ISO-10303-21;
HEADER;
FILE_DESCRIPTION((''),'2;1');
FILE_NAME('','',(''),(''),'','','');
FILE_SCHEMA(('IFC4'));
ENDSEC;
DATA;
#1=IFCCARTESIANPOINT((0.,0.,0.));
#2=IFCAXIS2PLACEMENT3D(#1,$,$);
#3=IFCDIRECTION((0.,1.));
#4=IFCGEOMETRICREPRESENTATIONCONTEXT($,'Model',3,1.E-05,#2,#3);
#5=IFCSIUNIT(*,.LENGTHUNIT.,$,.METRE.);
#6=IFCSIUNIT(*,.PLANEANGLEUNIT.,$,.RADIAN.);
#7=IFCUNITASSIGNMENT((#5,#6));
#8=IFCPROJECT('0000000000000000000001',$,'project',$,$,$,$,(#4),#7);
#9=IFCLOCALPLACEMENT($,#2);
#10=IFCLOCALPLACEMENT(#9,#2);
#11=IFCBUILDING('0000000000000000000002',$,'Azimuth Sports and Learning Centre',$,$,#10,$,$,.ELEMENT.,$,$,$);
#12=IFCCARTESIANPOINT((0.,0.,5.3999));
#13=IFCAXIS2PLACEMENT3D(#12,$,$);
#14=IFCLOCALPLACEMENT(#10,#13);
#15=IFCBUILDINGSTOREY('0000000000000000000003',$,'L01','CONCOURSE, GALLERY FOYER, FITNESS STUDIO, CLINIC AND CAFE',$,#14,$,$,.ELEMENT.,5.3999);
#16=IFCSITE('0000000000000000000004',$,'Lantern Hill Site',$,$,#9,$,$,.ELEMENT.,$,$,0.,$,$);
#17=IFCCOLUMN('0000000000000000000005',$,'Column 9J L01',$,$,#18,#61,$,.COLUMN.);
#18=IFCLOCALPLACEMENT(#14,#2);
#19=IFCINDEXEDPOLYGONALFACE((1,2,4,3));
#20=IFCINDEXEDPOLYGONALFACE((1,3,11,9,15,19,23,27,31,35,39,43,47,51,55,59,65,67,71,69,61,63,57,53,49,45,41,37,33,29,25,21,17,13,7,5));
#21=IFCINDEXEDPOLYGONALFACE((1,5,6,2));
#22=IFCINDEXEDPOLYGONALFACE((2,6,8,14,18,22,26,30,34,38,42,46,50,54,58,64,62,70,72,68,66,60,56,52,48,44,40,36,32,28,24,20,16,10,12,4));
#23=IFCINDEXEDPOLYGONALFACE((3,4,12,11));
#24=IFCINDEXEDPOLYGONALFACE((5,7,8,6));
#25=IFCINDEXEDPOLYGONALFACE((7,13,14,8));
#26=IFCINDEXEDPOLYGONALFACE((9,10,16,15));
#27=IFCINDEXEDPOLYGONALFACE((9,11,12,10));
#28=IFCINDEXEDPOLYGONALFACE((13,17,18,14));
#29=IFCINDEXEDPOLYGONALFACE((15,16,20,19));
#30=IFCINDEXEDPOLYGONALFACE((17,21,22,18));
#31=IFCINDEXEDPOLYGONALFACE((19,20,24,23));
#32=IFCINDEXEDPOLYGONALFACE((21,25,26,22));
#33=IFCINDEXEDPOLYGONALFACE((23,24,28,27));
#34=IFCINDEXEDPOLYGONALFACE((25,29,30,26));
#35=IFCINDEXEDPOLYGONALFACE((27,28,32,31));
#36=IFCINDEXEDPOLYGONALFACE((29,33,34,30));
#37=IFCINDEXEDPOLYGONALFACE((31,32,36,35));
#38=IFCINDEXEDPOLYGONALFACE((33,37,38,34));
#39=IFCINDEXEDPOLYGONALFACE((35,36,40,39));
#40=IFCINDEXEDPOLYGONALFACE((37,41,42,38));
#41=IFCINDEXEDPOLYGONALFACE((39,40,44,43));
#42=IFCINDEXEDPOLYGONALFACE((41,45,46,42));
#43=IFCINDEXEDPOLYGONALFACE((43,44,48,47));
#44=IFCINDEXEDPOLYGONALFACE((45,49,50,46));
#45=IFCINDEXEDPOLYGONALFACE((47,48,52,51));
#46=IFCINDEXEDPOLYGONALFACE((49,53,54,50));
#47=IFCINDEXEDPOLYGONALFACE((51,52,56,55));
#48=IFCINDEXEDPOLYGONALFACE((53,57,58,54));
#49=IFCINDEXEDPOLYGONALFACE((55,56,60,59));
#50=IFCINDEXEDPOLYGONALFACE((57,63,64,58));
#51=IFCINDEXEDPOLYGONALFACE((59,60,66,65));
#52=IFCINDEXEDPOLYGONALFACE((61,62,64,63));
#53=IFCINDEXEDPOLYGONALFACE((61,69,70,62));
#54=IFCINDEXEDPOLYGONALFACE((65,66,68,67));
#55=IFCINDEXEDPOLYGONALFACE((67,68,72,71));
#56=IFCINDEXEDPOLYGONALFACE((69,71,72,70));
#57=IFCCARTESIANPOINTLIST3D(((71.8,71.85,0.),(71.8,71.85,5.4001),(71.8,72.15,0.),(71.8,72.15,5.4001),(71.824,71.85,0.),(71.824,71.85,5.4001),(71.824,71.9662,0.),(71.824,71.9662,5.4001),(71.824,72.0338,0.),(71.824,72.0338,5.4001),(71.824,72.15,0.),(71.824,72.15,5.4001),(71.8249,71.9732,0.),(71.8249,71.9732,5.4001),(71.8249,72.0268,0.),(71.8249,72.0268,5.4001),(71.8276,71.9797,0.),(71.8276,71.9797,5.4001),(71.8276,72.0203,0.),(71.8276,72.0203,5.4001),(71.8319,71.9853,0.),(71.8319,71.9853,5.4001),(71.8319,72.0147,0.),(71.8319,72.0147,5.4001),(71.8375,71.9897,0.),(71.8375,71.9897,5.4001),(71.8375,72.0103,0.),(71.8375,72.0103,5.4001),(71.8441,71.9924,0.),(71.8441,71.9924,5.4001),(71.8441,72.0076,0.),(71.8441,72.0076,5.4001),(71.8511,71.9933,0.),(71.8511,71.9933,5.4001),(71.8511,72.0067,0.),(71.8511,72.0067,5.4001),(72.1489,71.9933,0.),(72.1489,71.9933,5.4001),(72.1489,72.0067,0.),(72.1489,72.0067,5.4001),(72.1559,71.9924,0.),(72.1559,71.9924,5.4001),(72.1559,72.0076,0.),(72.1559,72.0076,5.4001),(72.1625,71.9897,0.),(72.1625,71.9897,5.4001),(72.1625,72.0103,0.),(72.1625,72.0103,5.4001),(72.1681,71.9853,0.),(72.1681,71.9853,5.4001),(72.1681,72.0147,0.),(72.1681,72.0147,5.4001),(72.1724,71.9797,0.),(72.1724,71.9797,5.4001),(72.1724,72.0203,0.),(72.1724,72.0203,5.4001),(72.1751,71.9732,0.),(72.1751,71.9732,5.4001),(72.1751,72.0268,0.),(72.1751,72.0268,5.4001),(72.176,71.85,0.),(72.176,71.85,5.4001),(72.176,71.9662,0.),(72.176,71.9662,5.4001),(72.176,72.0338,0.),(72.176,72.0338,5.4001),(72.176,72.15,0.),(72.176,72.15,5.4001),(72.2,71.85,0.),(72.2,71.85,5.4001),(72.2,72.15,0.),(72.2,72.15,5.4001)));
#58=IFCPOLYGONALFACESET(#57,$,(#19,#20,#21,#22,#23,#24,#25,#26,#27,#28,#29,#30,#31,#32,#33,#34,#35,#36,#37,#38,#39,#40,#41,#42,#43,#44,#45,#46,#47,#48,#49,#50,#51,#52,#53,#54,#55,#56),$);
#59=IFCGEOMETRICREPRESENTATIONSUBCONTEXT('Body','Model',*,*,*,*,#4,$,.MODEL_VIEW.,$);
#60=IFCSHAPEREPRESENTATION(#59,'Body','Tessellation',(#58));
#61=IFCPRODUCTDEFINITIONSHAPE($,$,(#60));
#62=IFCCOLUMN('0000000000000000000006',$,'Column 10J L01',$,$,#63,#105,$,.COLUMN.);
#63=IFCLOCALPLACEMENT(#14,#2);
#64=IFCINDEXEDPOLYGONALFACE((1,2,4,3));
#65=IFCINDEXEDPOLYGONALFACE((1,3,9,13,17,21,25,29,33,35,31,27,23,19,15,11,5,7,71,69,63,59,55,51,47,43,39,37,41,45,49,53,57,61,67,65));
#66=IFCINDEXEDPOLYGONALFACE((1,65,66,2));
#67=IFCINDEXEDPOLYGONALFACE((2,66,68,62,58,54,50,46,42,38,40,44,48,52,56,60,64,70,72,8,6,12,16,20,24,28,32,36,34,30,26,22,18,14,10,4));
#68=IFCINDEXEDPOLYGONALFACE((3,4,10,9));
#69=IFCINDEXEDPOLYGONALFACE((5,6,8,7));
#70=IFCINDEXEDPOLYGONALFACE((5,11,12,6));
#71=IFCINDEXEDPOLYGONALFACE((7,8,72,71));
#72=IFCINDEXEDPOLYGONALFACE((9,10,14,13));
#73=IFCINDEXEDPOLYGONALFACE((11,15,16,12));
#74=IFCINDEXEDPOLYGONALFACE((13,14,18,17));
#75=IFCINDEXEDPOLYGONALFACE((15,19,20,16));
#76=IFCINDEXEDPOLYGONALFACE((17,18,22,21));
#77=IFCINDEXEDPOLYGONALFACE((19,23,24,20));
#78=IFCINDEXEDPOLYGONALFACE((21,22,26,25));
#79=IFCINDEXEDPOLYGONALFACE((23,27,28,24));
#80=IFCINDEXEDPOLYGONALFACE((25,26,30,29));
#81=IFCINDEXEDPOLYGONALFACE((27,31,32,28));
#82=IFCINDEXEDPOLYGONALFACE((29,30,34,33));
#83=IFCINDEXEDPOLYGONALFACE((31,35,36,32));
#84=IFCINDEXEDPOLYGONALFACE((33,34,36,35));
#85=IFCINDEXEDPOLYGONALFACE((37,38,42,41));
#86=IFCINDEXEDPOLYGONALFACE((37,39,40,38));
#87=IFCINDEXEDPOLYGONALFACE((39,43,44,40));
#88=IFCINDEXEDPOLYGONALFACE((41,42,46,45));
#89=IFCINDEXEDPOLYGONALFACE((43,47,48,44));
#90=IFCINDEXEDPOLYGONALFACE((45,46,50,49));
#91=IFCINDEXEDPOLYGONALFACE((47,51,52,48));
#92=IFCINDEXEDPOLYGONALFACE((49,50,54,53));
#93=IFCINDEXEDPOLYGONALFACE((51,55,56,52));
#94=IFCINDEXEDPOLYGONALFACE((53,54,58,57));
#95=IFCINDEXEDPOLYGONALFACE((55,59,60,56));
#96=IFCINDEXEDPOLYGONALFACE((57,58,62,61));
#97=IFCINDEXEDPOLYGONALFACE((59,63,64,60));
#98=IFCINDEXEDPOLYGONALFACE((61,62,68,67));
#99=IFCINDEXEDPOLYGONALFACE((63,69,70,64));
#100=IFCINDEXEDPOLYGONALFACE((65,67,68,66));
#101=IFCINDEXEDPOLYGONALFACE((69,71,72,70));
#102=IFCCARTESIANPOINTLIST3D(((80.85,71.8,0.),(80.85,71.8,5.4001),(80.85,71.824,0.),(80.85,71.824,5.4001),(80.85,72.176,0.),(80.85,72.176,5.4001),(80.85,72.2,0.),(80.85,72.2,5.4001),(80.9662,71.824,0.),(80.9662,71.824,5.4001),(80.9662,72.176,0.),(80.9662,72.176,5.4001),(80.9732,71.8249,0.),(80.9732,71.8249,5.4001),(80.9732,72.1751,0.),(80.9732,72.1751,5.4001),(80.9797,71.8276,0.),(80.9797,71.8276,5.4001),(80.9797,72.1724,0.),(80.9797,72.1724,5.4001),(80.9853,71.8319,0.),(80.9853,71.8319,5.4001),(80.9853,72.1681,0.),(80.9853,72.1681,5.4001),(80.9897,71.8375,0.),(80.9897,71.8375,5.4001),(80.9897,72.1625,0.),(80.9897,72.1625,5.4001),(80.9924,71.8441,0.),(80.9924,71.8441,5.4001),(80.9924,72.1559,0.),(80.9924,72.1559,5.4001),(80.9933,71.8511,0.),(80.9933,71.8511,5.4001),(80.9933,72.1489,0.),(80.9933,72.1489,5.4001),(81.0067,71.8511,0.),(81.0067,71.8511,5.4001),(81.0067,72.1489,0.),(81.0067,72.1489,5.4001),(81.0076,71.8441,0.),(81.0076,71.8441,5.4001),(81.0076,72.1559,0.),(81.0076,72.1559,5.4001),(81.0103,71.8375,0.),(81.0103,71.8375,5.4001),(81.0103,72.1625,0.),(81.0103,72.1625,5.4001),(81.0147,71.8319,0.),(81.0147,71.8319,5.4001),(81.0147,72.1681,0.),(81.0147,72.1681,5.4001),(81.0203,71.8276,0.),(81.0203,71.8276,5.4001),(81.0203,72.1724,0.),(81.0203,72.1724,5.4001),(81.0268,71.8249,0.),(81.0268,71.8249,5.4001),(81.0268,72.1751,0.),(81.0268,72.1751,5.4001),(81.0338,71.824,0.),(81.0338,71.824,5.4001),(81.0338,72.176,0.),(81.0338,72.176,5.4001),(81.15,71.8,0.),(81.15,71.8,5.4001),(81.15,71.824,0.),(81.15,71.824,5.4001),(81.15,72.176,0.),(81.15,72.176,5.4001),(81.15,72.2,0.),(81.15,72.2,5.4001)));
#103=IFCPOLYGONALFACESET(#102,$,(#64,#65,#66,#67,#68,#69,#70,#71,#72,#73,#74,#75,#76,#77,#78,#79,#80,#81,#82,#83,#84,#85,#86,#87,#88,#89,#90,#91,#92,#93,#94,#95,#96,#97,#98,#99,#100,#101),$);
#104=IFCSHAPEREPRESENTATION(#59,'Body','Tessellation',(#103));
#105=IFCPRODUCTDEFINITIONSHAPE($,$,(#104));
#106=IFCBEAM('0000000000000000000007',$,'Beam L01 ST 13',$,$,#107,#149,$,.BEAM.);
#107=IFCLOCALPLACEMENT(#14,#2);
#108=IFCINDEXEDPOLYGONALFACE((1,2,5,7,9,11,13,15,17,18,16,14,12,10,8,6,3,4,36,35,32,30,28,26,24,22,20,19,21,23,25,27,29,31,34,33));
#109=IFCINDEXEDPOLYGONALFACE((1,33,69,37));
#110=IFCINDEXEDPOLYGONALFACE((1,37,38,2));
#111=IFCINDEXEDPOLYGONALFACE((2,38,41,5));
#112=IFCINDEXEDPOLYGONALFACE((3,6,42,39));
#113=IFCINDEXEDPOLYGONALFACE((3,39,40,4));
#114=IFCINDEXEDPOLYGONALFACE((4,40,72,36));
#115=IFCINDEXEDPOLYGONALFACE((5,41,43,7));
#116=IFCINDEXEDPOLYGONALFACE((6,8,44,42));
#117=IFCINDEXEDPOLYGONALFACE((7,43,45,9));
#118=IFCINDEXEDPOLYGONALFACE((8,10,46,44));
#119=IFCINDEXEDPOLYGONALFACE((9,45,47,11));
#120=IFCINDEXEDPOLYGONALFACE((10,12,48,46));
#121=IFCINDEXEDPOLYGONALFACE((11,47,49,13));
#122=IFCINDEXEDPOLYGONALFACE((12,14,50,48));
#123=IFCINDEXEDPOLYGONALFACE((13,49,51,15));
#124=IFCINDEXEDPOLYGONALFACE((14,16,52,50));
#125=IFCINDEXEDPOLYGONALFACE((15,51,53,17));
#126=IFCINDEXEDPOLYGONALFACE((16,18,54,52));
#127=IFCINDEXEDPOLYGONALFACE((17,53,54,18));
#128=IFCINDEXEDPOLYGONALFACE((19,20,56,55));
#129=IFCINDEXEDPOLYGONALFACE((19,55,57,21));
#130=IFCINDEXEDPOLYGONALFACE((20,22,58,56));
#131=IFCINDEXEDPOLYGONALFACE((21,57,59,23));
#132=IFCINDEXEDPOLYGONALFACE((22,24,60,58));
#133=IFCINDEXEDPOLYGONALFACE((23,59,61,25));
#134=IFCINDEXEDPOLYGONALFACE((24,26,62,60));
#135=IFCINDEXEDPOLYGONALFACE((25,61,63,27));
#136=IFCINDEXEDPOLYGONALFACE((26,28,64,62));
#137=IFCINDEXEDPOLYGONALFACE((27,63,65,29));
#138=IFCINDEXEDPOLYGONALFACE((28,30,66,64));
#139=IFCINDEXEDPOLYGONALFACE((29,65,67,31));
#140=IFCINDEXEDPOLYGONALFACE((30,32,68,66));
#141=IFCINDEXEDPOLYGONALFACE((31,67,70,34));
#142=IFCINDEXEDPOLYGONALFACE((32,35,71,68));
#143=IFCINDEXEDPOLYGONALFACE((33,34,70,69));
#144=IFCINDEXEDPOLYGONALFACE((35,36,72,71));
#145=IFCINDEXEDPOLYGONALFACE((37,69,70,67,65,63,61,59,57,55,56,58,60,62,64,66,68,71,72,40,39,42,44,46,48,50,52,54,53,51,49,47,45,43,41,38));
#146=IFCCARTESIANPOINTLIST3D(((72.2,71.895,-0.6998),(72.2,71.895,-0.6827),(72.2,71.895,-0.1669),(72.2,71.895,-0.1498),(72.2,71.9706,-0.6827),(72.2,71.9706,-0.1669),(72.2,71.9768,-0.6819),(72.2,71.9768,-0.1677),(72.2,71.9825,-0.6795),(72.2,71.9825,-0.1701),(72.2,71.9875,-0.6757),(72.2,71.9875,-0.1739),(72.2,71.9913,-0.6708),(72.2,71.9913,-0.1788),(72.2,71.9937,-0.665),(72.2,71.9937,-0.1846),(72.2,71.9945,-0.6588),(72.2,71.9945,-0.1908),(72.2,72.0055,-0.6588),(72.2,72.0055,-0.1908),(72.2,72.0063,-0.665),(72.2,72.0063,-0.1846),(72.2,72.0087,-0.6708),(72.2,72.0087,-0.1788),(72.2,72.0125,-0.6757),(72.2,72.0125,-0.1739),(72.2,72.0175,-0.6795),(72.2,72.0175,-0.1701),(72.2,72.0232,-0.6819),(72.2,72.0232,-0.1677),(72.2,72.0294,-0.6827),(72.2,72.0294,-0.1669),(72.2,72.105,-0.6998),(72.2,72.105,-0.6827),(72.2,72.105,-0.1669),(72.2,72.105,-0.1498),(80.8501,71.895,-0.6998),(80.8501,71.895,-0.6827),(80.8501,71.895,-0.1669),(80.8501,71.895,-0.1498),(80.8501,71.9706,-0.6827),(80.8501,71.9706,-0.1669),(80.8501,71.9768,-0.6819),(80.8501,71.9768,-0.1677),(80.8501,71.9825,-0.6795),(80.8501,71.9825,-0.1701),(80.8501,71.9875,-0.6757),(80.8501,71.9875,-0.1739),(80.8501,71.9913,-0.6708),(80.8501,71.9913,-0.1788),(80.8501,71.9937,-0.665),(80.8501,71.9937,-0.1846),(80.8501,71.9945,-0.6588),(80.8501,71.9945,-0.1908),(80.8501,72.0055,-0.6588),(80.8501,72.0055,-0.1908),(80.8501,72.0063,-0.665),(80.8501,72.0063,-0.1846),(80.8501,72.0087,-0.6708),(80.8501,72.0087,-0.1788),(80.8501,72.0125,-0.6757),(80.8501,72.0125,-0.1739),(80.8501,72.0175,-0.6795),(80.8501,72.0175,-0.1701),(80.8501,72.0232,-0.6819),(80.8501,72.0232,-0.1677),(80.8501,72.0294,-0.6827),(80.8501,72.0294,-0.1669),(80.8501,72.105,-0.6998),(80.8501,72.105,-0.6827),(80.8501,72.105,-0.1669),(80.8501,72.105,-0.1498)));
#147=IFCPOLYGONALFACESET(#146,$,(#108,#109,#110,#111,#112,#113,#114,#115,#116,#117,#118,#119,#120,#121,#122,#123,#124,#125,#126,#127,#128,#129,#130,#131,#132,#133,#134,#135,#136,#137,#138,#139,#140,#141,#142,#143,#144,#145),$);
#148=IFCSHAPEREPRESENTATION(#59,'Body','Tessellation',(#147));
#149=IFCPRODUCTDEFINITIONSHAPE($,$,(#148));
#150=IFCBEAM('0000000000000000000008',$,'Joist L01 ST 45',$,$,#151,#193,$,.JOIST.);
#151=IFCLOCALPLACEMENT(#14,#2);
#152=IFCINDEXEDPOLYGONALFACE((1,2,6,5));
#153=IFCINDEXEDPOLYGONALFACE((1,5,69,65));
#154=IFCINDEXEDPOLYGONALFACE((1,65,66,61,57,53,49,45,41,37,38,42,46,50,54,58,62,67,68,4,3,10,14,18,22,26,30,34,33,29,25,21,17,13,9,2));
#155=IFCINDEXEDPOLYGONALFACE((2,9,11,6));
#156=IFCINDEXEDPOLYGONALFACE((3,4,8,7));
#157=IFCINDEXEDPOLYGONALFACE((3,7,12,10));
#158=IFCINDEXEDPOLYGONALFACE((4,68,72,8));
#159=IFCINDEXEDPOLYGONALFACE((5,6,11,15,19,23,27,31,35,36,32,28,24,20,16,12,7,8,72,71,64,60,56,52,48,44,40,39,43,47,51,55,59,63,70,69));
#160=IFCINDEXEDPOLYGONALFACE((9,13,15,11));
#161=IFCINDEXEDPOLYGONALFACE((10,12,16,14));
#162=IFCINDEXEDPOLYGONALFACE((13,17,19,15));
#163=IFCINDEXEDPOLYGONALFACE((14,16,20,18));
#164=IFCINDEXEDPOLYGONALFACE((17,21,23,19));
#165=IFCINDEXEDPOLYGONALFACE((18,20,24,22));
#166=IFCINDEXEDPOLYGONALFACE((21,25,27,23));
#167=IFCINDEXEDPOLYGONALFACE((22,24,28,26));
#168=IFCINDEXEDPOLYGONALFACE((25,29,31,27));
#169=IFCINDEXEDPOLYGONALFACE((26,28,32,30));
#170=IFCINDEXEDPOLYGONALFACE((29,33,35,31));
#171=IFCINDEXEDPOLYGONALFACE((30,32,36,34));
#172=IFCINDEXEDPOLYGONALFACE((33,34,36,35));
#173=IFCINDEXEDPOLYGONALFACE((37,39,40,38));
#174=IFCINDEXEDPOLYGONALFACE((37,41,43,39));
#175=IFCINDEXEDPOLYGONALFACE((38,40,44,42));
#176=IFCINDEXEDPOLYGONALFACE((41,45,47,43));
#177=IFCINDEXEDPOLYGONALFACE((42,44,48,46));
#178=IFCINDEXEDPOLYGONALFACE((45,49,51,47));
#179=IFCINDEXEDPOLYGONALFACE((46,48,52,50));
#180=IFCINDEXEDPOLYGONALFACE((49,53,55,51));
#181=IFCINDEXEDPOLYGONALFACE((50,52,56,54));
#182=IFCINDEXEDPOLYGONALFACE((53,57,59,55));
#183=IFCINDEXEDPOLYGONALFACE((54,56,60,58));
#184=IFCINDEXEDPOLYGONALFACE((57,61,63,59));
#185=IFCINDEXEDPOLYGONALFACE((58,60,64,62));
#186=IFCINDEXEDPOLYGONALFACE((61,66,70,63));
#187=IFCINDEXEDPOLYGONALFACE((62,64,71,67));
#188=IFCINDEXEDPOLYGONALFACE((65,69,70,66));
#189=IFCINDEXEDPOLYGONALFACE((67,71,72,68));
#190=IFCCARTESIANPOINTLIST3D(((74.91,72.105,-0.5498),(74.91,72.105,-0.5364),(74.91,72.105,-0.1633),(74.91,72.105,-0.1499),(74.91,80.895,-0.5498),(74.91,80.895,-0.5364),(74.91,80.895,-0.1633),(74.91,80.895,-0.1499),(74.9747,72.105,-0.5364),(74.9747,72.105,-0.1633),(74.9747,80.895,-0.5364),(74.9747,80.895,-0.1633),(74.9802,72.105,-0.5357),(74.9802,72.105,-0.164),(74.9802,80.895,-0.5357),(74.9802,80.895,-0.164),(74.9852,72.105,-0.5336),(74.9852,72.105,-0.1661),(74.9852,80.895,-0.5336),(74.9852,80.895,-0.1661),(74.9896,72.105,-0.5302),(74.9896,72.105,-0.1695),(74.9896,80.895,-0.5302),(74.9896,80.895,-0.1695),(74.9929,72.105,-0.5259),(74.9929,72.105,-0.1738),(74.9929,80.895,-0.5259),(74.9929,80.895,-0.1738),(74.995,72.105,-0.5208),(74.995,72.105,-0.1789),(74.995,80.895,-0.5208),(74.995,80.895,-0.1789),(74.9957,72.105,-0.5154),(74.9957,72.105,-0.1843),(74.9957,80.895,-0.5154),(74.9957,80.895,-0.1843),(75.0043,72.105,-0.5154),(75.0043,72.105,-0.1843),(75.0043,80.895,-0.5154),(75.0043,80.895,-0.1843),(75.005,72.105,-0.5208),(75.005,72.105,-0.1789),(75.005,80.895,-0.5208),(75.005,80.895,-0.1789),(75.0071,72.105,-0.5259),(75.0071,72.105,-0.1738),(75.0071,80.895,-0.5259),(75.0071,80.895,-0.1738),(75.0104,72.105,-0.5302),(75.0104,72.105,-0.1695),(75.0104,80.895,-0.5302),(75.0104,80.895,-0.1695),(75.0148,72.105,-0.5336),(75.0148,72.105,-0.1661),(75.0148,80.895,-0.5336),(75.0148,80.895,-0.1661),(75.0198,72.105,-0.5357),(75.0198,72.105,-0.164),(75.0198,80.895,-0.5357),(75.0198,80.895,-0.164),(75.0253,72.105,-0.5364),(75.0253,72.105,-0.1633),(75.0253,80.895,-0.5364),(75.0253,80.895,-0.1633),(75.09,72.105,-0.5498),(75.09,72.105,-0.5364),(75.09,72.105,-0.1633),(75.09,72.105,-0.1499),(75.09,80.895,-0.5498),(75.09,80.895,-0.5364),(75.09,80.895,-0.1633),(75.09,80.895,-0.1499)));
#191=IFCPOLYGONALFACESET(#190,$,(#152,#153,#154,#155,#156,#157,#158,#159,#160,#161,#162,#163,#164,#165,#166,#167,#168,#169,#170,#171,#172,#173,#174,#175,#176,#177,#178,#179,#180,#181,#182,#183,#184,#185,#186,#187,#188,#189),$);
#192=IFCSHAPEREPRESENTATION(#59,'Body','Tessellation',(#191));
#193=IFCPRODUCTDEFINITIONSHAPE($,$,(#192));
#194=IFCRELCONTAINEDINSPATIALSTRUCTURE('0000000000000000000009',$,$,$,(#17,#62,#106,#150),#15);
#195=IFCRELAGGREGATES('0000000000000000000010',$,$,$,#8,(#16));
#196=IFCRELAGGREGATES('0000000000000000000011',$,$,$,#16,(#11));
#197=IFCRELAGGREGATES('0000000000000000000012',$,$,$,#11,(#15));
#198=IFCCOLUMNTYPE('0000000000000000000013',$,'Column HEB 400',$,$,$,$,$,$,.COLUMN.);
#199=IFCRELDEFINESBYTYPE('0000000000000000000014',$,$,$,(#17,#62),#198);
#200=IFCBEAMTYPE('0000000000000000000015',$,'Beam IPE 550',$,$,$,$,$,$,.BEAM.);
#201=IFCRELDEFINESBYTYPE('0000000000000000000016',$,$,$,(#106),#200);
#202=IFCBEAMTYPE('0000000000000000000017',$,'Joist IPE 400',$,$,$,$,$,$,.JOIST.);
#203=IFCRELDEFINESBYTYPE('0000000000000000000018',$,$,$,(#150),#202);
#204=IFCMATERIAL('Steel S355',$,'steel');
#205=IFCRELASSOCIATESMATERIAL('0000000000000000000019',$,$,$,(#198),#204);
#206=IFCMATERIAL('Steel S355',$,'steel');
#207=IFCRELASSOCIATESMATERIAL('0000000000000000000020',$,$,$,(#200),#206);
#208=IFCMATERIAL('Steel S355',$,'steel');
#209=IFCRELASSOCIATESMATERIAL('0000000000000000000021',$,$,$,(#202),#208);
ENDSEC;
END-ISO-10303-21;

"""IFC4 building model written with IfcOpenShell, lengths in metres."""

from ifc_helpers import new_model, si_unit, direction, frame, origin, origin_2d, place, context, subcontext, project, spatial, i_section, extrude, material, material_profile, profile_set, type_object, element, save


model = new_model("IFC4")

# Units and contexts
model_context = context("Model", 3, precision=1e-05, world=origin(), true_north=direction((0.0, 1.0)))
body_context = subcontext(model_context, "Body", "Model", "MODEL_VIEW")
ifc_project = project(units=[si_unit("LENGTHUNIT", "METRE"), si_unit("PLANEANGLEUNIT", "RADIAN")], contexts=[model_context])

# Site, building, storey
site_placement = place(None, origin())
site = spatial("IfcSite", under=ifc_project, at=site_placement, Name="Lantern Hill Site", CompositionType="ELEMENT", RefElevation=0.0)
building_placement = place(site_placement, origin())
building = spatial("IfcBuilding", under=site, at=building_placement, Name="Azimuth Sports and Learning Centre", CompositionType="ELEMENT")
storey_placement = place(building_placement, frame((0.0, 0.0, 5.3999)))
storey = spatial("IfcBuildingStorey", under=building, at=storey_placement, Name="L01", Description="CONCOURSE, GALLERY FOYER, FITNESS STUDIO, CLINIC AND CAFE", CompositionType="ELEMENT", Elevation=5.3999)

# Columns
ifc_material_1 = material(Name="Steel S355", Category="steel")
ifc_material_profile_1 = material_profile(ifc_material_1, i_section(OverallWidth=0.3, OverallDepth=0.3999, WebThickness=0.0134, FlangeThickness=0.0239, FilletRadius=0.0271, at=origin_2d()), Name="HEB 400")
ifc_profile_set_1 = profile_set([ifc_material_profile_1], Name="Steel S355")
column_type = type_object("IfcColumnType", Name="Column HEB 400", PredefinedType="COLUMN", material=ifc_profile_set_1)
for number, where, z_axis, x_axis, name in (
    (1, (72.0, 72.0, 0.0), (0.0, 0.0, 1.0), (0.0, 1.0, 0.0), "Column 9J L01"),
    (2, (81.0, 72.0, 0.0), (0.0, 0.0, 1.0), (1.0, 0.0, 0.0), "Column 10J L01"),
):
    element("IfcColumn", number, at=place(storey_placement, frame(where, z_axis=z_axis, x_axis=x_axis)), inside=storey, type_object=column_type, Name=name, PredefinedType="COLUMN", context=body_context, shape_type="SweptSolid", body=[
        extrude(i_section(OverallWidth=0.3, OverallDepth=0.3999, WebThickness=0.0134, FlangeThickness=0.0239, FilletRadius=0.0271, at=origin_2d()), origin(), (0.0, 0.0, 1.0), 5.4001),
    ])

# Beams
ifc_material_2 = material(Name="Steel S355", Category="steel")
ifc_material_profile_2 = material_profile(ifc_material_2, i_section(OverallWidth=0.21, OverallDepth=0.55, WebThickness=0.011, FlangeThickness=0.0171, FilletRadius=0.0239, at=origin_2d()), Name="IPE 550")
ifc_profile_set_2 = profile_set([ifc_material_profile_2], Name="Steel S355")
beam_type_1 = type_object("IfcBeamType", Name="Beam IPE 550", PredefinedType="BEAM", material=ifc_profile_set_2)
beam_1_placement = place(storey_placement, frame((72.2, 72.0, -0.4248), z_axis=(1.0, 0.0, 0.0), x_axis=(0.0, 1.0, 0.0)))
element("IfcBeam", 3, at=beam_1_placement, inside=storey, type_object=beam_type_1, Name="Beam L01 ST 13", PredefinedType="BEAM", context=body_context, shape_type="SweptSolid", body=[
    extrude(i_section(OverallWidth=0.21, OverallDepth=0.55, WebThickness=0.011, FlangeThickness=0.0171, FilletRadius=0.0239, at=origin_2d()), origin(), (0.0, 0.0, 1.0), 8.6501),
])
ifc_material_3 = material(Name="Steel S355", Category="steel")
ifc_material_profile_3 = material_profile(ifc_material_3, i_section(OverallWidth=0.1799, OverallDepth=0.3999, WebThickness=0.0085, FlangeThickness=0.0134, FilletRadius=0.021, at=origin_2d()), Name="IPE 400")
ifc_profile_set_3 = profile_set([ifc_material_profile_3], Name="Steel S355")
beam_type_2 = type_object("IfcBeamType", Name="Joist IPE 400", PredefinedType="JOIST", material=ifc_profile_set_3)
beam_2_placement = place(storey_placement, frame((75.0, 72.105, -0.3499), z_axis=(0.0, 1.0, 0.0), x_axis=(-1.0, 0.0, 0.0)))
element("IfcBeam", 4, at=beam_2_placement, inside=storey, type_object=beam_type_2, Name="Joist L01 ST 45", PredefinedType="JOIST", context=body_context, shape_type="SweptSolid", body=[
    extrude(i_section(OverallWidth=0.1799, OverallDepth=0.3999, WebThickness=0.0085, FlangeThickness=0.0134, FilletRadius=0.021, at=origin_2d()), origin(), (0.0, 0.0, 1.0), 8.79),
])

save(model, "model.ifc")
